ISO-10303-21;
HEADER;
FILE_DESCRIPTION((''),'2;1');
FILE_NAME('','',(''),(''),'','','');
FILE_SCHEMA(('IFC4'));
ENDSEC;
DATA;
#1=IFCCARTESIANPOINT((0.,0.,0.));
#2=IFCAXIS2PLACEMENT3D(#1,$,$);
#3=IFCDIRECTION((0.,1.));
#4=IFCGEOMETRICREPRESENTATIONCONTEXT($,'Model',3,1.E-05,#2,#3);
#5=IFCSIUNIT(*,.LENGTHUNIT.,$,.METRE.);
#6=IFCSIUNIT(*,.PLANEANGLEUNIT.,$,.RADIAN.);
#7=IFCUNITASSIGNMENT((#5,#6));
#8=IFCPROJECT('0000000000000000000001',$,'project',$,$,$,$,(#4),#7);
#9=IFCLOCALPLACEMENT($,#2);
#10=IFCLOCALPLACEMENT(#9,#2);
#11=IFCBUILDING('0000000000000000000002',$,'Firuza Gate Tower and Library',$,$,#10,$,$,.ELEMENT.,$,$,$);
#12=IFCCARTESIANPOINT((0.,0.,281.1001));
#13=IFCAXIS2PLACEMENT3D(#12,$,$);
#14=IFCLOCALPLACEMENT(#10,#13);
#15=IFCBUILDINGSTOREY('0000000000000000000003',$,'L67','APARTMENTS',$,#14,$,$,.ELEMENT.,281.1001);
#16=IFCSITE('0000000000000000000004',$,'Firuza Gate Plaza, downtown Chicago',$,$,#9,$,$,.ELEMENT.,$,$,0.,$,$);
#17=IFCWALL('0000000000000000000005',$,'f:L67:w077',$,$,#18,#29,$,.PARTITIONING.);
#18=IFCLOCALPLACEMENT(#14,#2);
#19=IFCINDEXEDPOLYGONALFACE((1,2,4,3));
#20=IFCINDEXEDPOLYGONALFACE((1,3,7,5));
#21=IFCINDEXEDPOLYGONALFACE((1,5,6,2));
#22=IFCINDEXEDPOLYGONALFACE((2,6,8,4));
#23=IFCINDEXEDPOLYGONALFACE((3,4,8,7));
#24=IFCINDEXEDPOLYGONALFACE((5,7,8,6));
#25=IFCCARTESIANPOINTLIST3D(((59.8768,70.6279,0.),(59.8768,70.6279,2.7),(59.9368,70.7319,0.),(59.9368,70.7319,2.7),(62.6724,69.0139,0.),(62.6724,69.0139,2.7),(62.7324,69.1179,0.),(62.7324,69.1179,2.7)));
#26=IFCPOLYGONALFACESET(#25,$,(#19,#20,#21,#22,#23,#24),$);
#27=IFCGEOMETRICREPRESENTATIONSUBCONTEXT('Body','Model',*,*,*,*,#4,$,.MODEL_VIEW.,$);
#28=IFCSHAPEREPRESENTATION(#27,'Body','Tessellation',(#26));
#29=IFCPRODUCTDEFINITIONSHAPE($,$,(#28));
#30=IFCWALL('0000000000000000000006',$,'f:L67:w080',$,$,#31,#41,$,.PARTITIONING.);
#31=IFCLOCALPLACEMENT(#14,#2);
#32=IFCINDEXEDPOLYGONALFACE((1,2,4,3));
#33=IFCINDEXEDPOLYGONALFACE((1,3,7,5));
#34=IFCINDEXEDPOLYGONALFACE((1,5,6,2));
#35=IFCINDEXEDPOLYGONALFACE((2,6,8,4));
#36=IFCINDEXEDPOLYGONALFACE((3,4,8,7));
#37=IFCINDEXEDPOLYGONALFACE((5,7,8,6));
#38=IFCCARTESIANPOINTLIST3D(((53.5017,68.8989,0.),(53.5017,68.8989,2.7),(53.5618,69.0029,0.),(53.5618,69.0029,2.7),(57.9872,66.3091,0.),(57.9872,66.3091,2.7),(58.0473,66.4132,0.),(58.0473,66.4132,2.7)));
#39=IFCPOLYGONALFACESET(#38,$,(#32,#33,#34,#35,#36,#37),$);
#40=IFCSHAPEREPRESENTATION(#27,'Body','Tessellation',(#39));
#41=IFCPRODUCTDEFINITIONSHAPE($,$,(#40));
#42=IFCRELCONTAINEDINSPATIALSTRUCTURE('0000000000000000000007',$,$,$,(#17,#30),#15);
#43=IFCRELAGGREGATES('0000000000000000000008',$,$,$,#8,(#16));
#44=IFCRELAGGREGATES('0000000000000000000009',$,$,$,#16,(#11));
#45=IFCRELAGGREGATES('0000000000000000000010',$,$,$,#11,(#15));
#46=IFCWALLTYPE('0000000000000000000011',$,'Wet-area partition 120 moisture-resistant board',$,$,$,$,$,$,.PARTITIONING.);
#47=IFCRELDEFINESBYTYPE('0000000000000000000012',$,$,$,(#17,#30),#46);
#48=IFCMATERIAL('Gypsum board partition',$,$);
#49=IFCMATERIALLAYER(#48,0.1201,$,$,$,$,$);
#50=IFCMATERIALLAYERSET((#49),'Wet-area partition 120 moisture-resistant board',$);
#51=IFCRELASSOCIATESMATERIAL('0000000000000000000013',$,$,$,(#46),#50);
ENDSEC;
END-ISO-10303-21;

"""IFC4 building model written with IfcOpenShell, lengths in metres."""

from ifc_helpers import new_model, si_unit, direction, frame, frame_2d, origin, place, context, subcontext, project, spatial, rectangle, extrude, material, layer, layer_set, type_object, element, save


model = new_model("IFC4")

# Units and contexts
model_context = context("Model", 3, precision=1e-05, world=origin(), true_north=direction((0.0, 1.0)))
body_context = subcontext(model_context, "Body", "Model", "MODEL_VIEW")
ifc_project = project(units=[si_unit("LENGTHUNIT", "METRE"), si_unit("PLANEANGLEUNIT", "RADIAN")], contexts=[model_context])

# Site, building, storey
site_placement = place(None, origin())
site = spatial("IfcSite", under=ifc_project, at=site_placement, Name="Firuza Gate Plaza, downtown Chicago", CompositionType="ELEMENT", RefElevation=0.0)
building_placement = place(site_placement, origin())
building = spatial("IfcBuilding", under=site, at=building_placement, Name="Firuza Gate Tower and Library", CompositionType="ELEMENT")
storey_placement = place(building_placement, frame((0.0, 0.0, 281.1001)))
storey = spatial("IfcBuildingStorey", under=building, at=storey_placement, Name="L67", Description="APARTMENTS", CompositionType="ELEMENT", Elevation=281.1001)

# Shared definitions
ifc_material_1 = material(Name="Gypsum board partition")
ifc_layer_1 = layer(ifc_material_1, 0.1201)
ifc_layer_set_1 = layer_set([ifc_layer_1], Name="Wet-area partition 120 moisture-resistant board")
wall_type_1 = type_object("IfcWallType", Name="Wet-area partition 120 moisture-resistant board", PredefinedType="PARTITIONING", material=ifc_layer_set_1)

# Walls
wall_1_placement = place(storey_placement, frame((62.7024, 69.0659, 0.0), z_axis=(0.0, 0.0, 1.0), x_axis=(-0.866033, 0.499987, 0.0)))
element("IfcWall", 1, at=wall_1_placement, inside=storey, type_object=wall_type_1, Name="f:L67:w077", PredefinedType="PARTITIONING", context=body_context, shape_type="SweptSolid", body=[
    extrude(rectangle(XDim=3.228, YDim=0.1201, at=frame_2d((1.614, 0.0))), origin(), (0.0, 0.0, 1.0), 2.7),
])
wall_2_placement = place(storey_placement, frame((58.0173, 66.3611, 0.0), z_axis=(0.0, 0.0, 1.0), x_axis=(-0.866018, 0.500012, 0.0)))
element("IfcWall", 2, at=wall_2_placement, inside=storey, type_object=wall_type_1, Name="f:L67:w080", PredefinedType="PARTITIONING", context=body_context, shape_type="SweptSolid", body=[
    extrude(rectangle(XDim=5.1794, YDim=0.1201, at=frame_2d((2.5898, 0.0))), origin(), (0.0, 0.0, 1.0), 2.7),
])

save(model, "model.ifc")
